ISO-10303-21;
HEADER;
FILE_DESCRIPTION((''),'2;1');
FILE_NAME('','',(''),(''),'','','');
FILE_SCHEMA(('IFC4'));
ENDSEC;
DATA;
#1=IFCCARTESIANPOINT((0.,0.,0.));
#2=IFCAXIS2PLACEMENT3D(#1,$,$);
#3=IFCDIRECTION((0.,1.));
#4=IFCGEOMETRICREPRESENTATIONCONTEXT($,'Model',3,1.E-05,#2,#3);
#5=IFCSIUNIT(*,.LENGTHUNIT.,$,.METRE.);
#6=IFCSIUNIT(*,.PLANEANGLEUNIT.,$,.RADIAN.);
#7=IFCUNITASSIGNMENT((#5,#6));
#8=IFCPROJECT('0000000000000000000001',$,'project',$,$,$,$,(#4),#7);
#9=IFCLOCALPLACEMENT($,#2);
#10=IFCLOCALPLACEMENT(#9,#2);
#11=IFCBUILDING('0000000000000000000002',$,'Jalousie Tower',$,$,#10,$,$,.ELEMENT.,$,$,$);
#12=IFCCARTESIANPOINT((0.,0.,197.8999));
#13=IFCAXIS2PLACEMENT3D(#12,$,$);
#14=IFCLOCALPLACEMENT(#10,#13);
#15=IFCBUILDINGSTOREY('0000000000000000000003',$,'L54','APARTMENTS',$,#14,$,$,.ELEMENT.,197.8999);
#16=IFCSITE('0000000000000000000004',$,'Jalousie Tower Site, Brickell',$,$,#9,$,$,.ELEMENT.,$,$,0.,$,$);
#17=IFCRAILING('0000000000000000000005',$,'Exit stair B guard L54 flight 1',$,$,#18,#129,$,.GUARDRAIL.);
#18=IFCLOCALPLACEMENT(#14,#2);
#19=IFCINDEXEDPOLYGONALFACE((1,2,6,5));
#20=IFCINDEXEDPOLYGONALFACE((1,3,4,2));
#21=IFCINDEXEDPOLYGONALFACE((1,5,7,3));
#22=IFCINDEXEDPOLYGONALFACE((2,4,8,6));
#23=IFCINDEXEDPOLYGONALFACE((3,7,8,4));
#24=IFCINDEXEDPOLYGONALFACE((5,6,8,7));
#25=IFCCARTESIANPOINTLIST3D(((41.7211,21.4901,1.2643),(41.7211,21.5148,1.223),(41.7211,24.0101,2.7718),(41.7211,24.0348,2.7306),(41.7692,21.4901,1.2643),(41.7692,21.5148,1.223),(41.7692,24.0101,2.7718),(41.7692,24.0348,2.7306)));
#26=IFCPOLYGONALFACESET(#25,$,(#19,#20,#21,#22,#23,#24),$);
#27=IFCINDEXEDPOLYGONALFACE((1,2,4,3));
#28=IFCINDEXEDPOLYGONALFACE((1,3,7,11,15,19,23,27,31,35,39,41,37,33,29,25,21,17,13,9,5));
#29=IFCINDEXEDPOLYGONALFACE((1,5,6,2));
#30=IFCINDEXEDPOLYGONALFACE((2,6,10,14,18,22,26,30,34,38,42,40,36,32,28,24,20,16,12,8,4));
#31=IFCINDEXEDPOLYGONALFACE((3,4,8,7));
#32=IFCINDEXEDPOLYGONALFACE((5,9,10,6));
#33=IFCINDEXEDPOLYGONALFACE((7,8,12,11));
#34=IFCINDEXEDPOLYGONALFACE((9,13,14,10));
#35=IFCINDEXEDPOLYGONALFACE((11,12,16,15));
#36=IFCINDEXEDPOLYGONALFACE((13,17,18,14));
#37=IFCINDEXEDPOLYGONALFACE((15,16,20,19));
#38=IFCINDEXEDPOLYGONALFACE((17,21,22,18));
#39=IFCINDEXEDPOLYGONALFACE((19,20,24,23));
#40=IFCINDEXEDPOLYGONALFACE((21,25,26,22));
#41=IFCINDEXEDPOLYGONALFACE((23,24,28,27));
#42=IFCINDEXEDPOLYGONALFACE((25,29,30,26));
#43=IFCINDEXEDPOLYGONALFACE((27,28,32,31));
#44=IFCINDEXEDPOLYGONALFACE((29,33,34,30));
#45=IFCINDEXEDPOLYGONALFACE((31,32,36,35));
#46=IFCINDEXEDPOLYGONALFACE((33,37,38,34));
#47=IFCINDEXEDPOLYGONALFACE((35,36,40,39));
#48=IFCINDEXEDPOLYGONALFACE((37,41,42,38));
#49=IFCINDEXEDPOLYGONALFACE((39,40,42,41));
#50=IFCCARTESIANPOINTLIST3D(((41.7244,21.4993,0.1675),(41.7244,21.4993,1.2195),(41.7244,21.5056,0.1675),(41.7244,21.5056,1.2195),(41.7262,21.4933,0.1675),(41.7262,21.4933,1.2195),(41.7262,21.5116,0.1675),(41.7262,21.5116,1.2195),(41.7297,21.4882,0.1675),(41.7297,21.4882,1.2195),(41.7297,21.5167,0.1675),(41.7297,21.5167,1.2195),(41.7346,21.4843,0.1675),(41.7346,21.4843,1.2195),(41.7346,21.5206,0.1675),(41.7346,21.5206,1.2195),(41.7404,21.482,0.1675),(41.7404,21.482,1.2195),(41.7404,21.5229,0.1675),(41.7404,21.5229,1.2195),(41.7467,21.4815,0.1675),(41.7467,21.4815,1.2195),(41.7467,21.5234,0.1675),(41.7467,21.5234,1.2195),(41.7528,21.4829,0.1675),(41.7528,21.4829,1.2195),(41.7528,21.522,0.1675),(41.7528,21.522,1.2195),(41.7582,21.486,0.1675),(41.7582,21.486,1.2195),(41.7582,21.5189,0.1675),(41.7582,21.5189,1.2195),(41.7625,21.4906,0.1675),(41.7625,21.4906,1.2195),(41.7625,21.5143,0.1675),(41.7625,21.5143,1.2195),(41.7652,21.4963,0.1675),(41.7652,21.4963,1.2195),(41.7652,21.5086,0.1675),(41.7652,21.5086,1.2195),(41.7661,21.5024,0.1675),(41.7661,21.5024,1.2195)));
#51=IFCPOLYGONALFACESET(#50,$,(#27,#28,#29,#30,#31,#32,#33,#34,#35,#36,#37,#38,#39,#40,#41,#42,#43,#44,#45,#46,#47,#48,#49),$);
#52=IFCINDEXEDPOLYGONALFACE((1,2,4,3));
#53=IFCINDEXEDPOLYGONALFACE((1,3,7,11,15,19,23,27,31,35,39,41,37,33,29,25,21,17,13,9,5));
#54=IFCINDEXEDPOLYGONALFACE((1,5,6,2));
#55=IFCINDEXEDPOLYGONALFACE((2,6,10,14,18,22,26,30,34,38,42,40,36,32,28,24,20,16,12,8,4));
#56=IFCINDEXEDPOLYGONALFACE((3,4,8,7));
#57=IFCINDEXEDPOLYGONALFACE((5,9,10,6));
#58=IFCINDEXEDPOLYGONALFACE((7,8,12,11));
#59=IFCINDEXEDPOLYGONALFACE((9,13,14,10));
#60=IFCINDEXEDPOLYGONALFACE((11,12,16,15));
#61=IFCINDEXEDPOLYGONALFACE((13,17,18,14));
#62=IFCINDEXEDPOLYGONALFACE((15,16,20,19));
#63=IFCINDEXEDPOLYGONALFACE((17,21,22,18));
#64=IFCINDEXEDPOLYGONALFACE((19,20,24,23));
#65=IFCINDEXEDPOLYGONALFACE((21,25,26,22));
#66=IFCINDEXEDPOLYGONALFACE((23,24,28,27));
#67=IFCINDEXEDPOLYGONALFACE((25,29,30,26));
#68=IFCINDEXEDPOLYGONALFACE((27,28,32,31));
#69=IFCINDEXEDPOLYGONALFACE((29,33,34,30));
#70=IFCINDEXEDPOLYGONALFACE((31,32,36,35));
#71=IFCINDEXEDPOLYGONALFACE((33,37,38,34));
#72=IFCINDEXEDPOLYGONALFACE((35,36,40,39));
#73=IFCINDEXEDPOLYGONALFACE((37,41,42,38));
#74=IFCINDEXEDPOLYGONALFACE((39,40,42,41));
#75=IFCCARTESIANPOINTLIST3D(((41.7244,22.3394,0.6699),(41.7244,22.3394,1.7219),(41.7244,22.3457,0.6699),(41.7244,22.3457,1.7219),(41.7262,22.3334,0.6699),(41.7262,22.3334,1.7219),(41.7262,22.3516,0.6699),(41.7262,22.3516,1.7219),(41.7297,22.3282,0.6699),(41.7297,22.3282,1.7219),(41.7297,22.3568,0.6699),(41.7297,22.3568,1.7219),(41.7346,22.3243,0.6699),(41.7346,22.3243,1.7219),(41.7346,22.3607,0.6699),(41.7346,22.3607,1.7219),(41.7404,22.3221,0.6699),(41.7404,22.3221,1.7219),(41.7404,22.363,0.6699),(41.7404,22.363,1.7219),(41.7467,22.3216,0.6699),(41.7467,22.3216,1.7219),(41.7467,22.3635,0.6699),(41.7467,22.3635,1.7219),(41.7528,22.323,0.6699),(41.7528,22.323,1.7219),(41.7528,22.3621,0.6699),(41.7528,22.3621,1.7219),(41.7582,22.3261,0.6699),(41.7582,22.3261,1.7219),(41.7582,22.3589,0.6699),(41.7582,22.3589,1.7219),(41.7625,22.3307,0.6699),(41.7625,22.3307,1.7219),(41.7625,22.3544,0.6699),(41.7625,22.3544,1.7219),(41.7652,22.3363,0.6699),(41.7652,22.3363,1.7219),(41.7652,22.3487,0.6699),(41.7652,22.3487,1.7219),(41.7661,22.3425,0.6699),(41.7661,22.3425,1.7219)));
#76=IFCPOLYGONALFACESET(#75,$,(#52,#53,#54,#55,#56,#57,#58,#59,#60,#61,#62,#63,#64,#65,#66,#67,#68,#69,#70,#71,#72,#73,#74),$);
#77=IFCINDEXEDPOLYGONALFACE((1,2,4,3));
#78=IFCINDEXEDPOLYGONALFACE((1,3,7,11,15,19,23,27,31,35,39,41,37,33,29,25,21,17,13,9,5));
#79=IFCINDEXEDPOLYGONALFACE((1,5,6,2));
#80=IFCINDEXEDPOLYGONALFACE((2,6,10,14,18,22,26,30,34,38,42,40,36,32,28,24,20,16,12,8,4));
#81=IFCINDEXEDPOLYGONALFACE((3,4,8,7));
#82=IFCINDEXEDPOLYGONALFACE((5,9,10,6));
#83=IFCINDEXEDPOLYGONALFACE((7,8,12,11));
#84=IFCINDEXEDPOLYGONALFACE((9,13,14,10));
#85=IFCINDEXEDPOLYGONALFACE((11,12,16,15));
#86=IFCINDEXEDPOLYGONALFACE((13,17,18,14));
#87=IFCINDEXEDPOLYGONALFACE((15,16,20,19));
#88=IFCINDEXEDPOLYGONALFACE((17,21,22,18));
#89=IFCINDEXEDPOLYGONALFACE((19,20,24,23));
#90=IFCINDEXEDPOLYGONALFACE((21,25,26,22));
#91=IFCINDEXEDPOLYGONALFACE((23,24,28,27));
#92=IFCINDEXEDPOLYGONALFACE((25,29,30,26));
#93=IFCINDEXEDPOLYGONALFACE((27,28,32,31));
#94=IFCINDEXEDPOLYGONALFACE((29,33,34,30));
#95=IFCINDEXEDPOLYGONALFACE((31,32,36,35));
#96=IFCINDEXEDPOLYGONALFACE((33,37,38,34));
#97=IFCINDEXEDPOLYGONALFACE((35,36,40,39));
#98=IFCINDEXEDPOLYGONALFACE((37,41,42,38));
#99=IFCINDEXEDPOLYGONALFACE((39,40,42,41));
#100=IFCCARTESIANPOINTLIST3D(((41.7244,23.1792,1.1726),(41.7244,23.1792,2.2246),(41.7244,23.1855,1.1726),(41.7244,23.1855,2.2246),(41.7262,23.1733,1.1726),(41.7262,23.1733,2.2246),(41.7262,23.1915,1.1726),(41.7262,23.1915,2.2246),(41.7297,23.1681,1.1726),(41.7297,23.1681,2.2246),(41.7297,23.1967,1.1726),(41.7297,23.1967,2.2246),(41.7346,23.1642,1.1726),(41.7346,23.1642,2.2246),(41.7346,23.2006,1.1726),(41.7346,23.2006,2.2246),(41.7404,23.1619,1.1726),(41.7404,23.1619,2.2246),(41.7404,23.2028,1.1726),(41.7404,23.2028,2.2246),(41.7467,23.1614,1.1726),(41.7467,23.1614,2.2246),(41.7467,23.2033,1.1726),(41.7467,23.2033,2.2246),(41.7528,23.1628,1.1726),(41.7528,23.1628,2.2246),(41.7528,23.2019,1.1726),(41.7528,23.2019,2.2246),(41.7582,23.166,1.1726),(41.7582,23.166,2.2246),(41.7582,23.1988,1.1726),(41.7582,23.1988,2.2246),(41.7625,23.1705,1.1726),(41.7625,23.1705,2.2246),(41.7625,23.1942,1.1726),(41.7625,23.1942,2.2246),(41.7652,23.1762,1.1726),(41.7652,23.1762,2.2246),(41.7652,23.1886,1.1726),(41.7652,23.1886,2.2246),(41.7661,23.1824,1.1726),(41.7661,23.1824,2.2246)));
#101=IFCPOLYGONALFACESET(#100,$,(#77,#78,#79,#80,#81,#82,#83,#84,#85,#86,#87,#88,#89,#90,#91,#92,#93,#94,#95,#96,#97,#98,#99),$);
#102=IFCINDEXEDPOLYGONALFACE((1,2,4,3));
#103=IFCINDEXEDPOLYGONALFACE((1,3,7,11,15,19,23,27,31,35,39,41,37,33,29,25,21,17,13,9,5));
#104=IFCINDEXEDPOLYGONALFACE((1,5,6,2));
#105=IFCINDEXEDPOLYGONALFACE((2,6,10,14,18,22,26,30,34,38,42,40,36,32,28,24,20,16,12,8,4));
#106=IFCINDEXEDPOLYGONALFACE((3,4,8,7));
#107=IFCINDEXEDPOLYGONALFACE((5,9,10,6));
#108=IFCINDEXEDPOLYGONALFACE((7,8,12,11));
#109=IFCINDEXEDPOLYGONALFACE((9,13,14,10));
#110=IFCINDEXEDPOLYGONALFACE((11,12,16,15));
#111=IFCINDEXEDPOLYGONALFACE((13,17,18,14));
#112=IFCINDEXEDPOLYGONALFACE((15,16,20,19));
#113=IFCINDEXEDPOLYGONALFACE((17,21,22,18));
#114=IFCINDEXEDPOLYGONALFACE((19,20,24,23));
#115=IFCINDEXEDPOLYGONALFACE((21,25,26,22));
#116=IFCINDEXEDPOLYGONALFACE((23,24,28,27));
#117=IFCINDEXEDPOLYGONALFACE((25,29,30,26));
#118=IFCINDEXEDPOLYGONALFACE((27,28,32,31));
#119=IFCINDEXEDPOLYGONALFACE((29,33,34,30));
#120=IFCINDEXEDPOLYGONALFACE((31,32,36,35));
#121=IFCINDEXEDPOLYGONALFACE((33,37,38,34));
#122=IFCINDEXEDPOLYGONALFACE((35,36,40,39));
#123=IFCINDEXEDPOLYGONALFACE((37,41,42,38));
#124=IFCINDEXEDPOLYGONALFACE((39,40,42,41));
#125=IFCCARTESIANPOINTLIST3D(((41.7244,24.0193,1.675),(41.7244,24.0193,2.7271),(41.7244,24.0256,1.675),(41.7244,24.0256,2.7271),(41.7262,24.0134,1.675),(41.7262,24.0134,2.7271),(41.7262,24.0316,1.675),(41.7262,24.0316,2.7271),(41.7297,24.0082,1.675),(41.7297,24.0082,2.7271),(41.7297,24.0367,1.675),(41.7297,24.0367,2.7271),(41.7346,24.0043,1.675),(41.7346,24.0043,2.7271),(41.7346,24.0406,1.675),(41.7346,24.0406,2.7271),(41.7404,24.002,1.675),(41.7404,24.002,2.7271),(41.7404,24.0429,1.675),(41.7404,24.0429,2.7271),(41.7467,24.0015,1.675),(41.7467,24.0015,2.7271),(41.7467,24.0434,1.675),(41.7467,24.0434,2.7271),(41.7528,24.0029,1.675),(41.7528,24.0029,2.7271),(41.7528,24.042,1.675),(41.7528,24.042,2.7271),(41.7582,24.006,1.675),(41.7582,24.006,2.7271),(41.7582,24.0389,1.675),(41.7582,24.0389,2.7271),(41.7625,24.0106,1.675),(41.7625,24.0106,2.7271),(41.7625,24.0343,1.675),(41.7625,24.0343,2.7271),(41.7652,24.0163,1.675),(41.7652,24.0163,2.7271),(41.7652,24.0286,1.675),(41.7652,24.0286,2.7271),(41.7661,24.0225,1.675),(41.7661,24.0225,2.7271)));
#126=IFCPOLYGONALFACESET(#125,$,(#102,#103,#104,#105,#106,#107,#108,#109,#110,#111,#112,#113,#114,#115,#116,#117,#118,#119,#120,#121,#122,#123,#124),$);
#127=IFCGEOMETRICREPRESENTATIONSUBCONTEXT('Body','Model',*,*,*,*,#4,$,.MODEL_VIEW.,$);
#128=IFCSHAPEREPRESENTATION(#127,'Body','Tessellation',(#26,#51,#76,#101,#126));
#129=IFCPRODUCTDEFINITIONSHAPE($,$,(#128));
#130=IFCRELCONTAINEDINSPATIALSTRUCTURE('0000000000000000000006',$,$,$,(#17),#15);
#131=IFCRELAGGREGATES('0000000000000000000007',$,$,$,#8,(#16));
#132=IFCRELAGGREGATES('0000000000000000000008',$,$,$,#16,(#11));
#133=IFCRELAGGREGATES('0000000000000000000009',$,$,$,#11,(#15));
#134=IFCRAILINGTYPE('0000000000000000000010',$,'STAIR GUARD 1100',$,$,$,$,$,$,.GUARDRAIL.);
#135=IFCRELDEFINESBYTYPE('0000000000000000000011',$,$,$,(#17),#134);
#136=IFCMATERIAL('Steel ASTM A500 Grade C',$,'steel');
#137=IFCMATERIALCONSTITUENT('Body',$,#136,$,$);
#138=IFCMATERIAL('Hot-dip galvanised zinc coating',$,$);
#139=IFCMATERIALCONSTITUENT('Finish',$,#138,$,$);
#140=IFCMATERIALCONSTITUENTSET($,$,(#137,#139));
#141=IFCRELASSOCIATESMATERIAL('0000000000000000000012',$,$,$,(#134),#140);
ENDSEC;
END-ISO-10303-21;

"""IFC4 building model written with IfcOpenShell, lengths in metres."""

from ifc_helpers import new_model, si_unit, direction, frame, origin, origin_2d, place, context, subcontext, project, spatial, rectangle, circle, extrude, material, constituent, constituent_set, type_object, element, save


model = new_model("IFC4")

# Units and contexts
model_context = context("Model", 3, precision=1e-05, world=origin(), true_north=direction((0.0, 1.0)))
body_context = subcontext(model_context, "Body", "Model", "MODEL_VIEW")
ifc_project = project(units=[si_unit("LENGTHUNIT", "METRE"), si_unit("PLANEANGLEUNIT", "RADIAN")], contexts=[model_context])

# Site, building, storey
site_placement = place(None, origin())
site = spatial("IfcSite", under=ifc_project, at=site_placement, Name="Jalousie Tower Site, Brickell", CompositionType="ELEMENT", RefElevation=0.0)
building_placement = place(site_placement, origin())
building = spatial("IfcBuilding", under=site, at=building_placement, Name="Jalousie Tower", CompositionType="ELEMENT")
storey_placement = place(building_placement, frame((0.0, 0.0, 197.8999)))
storey = spatial("IfcBuildingStorey", under=building, at=storey_placement, Name="L54", Description="APARTMENTS", CompositionType="ELEMENT", Elevation=197.8999)

# Railing
ifc_material_1 = material(Name="Steel ASTM A500 Grade C", Category="steel")
ifc_constituent_1 = constituent(ifc_material_1, Name="Body")
ifc_material_2 = material(Name="Hot-dip galvanised zinc coating")
ifc_constituent_2 = constituent(ifc_material_2, Name="Finish")
ifc_constituent_set_1 = constituent_set(constituents=[ifc_constituent_1, ifc_constituent_2])
railing_type_1 = type_object("IfcRailingType", Name="STAIR GUARD 1100", PredefinedType="GUARDRAIL", material=ifc_constituent_set_1)
railing_1_placement = place(storey_placement, frame((41.7451, 21.5024, 0.1675)))
element("IfcRailing", 1, at=railing_1_placement, inside=storey, type_object=railing_type_1, Name="Exit stair B guard L54 flight 1", PredefinedType="GUARDRAIL", context=body_context, shape_type="SweptSolid", body=[
    extrude(rectangle(XDim=0.0481, YDim=0.0481, at=origin_2d()), frame((0.0, 0.0, 1.0762), z_axis=(0.0, 0.85816, 0.513383), x_axis=(-1.0, 0.0, 0.0)), (0.0, 0.0, 1.0), 2.9365),
    extrude(circle(Radius=0.021, at=origin_2d()), origin(), (0.0, 0.0, 1.0), 1.052),
    extrude(circle(Radius=0.021, at=origin_2d()), frame((0.0, 0.8401, 0.5024)), (0.0, 0.0, 1.0), 1.052),
    extrude(circle(Radius=0.021, at=origin_2d()), frame((0.0, 1.6799, 1.0051)), (0.0, 0.0, 1.0), 1.052),
    extrude(circle(Radius=0.021, at=origin_2d()), frame((0.0, 2.52, 1.5076)), (0.0, 0.0, 1.0), 1.052),
])

save(model, "model.ifc")
